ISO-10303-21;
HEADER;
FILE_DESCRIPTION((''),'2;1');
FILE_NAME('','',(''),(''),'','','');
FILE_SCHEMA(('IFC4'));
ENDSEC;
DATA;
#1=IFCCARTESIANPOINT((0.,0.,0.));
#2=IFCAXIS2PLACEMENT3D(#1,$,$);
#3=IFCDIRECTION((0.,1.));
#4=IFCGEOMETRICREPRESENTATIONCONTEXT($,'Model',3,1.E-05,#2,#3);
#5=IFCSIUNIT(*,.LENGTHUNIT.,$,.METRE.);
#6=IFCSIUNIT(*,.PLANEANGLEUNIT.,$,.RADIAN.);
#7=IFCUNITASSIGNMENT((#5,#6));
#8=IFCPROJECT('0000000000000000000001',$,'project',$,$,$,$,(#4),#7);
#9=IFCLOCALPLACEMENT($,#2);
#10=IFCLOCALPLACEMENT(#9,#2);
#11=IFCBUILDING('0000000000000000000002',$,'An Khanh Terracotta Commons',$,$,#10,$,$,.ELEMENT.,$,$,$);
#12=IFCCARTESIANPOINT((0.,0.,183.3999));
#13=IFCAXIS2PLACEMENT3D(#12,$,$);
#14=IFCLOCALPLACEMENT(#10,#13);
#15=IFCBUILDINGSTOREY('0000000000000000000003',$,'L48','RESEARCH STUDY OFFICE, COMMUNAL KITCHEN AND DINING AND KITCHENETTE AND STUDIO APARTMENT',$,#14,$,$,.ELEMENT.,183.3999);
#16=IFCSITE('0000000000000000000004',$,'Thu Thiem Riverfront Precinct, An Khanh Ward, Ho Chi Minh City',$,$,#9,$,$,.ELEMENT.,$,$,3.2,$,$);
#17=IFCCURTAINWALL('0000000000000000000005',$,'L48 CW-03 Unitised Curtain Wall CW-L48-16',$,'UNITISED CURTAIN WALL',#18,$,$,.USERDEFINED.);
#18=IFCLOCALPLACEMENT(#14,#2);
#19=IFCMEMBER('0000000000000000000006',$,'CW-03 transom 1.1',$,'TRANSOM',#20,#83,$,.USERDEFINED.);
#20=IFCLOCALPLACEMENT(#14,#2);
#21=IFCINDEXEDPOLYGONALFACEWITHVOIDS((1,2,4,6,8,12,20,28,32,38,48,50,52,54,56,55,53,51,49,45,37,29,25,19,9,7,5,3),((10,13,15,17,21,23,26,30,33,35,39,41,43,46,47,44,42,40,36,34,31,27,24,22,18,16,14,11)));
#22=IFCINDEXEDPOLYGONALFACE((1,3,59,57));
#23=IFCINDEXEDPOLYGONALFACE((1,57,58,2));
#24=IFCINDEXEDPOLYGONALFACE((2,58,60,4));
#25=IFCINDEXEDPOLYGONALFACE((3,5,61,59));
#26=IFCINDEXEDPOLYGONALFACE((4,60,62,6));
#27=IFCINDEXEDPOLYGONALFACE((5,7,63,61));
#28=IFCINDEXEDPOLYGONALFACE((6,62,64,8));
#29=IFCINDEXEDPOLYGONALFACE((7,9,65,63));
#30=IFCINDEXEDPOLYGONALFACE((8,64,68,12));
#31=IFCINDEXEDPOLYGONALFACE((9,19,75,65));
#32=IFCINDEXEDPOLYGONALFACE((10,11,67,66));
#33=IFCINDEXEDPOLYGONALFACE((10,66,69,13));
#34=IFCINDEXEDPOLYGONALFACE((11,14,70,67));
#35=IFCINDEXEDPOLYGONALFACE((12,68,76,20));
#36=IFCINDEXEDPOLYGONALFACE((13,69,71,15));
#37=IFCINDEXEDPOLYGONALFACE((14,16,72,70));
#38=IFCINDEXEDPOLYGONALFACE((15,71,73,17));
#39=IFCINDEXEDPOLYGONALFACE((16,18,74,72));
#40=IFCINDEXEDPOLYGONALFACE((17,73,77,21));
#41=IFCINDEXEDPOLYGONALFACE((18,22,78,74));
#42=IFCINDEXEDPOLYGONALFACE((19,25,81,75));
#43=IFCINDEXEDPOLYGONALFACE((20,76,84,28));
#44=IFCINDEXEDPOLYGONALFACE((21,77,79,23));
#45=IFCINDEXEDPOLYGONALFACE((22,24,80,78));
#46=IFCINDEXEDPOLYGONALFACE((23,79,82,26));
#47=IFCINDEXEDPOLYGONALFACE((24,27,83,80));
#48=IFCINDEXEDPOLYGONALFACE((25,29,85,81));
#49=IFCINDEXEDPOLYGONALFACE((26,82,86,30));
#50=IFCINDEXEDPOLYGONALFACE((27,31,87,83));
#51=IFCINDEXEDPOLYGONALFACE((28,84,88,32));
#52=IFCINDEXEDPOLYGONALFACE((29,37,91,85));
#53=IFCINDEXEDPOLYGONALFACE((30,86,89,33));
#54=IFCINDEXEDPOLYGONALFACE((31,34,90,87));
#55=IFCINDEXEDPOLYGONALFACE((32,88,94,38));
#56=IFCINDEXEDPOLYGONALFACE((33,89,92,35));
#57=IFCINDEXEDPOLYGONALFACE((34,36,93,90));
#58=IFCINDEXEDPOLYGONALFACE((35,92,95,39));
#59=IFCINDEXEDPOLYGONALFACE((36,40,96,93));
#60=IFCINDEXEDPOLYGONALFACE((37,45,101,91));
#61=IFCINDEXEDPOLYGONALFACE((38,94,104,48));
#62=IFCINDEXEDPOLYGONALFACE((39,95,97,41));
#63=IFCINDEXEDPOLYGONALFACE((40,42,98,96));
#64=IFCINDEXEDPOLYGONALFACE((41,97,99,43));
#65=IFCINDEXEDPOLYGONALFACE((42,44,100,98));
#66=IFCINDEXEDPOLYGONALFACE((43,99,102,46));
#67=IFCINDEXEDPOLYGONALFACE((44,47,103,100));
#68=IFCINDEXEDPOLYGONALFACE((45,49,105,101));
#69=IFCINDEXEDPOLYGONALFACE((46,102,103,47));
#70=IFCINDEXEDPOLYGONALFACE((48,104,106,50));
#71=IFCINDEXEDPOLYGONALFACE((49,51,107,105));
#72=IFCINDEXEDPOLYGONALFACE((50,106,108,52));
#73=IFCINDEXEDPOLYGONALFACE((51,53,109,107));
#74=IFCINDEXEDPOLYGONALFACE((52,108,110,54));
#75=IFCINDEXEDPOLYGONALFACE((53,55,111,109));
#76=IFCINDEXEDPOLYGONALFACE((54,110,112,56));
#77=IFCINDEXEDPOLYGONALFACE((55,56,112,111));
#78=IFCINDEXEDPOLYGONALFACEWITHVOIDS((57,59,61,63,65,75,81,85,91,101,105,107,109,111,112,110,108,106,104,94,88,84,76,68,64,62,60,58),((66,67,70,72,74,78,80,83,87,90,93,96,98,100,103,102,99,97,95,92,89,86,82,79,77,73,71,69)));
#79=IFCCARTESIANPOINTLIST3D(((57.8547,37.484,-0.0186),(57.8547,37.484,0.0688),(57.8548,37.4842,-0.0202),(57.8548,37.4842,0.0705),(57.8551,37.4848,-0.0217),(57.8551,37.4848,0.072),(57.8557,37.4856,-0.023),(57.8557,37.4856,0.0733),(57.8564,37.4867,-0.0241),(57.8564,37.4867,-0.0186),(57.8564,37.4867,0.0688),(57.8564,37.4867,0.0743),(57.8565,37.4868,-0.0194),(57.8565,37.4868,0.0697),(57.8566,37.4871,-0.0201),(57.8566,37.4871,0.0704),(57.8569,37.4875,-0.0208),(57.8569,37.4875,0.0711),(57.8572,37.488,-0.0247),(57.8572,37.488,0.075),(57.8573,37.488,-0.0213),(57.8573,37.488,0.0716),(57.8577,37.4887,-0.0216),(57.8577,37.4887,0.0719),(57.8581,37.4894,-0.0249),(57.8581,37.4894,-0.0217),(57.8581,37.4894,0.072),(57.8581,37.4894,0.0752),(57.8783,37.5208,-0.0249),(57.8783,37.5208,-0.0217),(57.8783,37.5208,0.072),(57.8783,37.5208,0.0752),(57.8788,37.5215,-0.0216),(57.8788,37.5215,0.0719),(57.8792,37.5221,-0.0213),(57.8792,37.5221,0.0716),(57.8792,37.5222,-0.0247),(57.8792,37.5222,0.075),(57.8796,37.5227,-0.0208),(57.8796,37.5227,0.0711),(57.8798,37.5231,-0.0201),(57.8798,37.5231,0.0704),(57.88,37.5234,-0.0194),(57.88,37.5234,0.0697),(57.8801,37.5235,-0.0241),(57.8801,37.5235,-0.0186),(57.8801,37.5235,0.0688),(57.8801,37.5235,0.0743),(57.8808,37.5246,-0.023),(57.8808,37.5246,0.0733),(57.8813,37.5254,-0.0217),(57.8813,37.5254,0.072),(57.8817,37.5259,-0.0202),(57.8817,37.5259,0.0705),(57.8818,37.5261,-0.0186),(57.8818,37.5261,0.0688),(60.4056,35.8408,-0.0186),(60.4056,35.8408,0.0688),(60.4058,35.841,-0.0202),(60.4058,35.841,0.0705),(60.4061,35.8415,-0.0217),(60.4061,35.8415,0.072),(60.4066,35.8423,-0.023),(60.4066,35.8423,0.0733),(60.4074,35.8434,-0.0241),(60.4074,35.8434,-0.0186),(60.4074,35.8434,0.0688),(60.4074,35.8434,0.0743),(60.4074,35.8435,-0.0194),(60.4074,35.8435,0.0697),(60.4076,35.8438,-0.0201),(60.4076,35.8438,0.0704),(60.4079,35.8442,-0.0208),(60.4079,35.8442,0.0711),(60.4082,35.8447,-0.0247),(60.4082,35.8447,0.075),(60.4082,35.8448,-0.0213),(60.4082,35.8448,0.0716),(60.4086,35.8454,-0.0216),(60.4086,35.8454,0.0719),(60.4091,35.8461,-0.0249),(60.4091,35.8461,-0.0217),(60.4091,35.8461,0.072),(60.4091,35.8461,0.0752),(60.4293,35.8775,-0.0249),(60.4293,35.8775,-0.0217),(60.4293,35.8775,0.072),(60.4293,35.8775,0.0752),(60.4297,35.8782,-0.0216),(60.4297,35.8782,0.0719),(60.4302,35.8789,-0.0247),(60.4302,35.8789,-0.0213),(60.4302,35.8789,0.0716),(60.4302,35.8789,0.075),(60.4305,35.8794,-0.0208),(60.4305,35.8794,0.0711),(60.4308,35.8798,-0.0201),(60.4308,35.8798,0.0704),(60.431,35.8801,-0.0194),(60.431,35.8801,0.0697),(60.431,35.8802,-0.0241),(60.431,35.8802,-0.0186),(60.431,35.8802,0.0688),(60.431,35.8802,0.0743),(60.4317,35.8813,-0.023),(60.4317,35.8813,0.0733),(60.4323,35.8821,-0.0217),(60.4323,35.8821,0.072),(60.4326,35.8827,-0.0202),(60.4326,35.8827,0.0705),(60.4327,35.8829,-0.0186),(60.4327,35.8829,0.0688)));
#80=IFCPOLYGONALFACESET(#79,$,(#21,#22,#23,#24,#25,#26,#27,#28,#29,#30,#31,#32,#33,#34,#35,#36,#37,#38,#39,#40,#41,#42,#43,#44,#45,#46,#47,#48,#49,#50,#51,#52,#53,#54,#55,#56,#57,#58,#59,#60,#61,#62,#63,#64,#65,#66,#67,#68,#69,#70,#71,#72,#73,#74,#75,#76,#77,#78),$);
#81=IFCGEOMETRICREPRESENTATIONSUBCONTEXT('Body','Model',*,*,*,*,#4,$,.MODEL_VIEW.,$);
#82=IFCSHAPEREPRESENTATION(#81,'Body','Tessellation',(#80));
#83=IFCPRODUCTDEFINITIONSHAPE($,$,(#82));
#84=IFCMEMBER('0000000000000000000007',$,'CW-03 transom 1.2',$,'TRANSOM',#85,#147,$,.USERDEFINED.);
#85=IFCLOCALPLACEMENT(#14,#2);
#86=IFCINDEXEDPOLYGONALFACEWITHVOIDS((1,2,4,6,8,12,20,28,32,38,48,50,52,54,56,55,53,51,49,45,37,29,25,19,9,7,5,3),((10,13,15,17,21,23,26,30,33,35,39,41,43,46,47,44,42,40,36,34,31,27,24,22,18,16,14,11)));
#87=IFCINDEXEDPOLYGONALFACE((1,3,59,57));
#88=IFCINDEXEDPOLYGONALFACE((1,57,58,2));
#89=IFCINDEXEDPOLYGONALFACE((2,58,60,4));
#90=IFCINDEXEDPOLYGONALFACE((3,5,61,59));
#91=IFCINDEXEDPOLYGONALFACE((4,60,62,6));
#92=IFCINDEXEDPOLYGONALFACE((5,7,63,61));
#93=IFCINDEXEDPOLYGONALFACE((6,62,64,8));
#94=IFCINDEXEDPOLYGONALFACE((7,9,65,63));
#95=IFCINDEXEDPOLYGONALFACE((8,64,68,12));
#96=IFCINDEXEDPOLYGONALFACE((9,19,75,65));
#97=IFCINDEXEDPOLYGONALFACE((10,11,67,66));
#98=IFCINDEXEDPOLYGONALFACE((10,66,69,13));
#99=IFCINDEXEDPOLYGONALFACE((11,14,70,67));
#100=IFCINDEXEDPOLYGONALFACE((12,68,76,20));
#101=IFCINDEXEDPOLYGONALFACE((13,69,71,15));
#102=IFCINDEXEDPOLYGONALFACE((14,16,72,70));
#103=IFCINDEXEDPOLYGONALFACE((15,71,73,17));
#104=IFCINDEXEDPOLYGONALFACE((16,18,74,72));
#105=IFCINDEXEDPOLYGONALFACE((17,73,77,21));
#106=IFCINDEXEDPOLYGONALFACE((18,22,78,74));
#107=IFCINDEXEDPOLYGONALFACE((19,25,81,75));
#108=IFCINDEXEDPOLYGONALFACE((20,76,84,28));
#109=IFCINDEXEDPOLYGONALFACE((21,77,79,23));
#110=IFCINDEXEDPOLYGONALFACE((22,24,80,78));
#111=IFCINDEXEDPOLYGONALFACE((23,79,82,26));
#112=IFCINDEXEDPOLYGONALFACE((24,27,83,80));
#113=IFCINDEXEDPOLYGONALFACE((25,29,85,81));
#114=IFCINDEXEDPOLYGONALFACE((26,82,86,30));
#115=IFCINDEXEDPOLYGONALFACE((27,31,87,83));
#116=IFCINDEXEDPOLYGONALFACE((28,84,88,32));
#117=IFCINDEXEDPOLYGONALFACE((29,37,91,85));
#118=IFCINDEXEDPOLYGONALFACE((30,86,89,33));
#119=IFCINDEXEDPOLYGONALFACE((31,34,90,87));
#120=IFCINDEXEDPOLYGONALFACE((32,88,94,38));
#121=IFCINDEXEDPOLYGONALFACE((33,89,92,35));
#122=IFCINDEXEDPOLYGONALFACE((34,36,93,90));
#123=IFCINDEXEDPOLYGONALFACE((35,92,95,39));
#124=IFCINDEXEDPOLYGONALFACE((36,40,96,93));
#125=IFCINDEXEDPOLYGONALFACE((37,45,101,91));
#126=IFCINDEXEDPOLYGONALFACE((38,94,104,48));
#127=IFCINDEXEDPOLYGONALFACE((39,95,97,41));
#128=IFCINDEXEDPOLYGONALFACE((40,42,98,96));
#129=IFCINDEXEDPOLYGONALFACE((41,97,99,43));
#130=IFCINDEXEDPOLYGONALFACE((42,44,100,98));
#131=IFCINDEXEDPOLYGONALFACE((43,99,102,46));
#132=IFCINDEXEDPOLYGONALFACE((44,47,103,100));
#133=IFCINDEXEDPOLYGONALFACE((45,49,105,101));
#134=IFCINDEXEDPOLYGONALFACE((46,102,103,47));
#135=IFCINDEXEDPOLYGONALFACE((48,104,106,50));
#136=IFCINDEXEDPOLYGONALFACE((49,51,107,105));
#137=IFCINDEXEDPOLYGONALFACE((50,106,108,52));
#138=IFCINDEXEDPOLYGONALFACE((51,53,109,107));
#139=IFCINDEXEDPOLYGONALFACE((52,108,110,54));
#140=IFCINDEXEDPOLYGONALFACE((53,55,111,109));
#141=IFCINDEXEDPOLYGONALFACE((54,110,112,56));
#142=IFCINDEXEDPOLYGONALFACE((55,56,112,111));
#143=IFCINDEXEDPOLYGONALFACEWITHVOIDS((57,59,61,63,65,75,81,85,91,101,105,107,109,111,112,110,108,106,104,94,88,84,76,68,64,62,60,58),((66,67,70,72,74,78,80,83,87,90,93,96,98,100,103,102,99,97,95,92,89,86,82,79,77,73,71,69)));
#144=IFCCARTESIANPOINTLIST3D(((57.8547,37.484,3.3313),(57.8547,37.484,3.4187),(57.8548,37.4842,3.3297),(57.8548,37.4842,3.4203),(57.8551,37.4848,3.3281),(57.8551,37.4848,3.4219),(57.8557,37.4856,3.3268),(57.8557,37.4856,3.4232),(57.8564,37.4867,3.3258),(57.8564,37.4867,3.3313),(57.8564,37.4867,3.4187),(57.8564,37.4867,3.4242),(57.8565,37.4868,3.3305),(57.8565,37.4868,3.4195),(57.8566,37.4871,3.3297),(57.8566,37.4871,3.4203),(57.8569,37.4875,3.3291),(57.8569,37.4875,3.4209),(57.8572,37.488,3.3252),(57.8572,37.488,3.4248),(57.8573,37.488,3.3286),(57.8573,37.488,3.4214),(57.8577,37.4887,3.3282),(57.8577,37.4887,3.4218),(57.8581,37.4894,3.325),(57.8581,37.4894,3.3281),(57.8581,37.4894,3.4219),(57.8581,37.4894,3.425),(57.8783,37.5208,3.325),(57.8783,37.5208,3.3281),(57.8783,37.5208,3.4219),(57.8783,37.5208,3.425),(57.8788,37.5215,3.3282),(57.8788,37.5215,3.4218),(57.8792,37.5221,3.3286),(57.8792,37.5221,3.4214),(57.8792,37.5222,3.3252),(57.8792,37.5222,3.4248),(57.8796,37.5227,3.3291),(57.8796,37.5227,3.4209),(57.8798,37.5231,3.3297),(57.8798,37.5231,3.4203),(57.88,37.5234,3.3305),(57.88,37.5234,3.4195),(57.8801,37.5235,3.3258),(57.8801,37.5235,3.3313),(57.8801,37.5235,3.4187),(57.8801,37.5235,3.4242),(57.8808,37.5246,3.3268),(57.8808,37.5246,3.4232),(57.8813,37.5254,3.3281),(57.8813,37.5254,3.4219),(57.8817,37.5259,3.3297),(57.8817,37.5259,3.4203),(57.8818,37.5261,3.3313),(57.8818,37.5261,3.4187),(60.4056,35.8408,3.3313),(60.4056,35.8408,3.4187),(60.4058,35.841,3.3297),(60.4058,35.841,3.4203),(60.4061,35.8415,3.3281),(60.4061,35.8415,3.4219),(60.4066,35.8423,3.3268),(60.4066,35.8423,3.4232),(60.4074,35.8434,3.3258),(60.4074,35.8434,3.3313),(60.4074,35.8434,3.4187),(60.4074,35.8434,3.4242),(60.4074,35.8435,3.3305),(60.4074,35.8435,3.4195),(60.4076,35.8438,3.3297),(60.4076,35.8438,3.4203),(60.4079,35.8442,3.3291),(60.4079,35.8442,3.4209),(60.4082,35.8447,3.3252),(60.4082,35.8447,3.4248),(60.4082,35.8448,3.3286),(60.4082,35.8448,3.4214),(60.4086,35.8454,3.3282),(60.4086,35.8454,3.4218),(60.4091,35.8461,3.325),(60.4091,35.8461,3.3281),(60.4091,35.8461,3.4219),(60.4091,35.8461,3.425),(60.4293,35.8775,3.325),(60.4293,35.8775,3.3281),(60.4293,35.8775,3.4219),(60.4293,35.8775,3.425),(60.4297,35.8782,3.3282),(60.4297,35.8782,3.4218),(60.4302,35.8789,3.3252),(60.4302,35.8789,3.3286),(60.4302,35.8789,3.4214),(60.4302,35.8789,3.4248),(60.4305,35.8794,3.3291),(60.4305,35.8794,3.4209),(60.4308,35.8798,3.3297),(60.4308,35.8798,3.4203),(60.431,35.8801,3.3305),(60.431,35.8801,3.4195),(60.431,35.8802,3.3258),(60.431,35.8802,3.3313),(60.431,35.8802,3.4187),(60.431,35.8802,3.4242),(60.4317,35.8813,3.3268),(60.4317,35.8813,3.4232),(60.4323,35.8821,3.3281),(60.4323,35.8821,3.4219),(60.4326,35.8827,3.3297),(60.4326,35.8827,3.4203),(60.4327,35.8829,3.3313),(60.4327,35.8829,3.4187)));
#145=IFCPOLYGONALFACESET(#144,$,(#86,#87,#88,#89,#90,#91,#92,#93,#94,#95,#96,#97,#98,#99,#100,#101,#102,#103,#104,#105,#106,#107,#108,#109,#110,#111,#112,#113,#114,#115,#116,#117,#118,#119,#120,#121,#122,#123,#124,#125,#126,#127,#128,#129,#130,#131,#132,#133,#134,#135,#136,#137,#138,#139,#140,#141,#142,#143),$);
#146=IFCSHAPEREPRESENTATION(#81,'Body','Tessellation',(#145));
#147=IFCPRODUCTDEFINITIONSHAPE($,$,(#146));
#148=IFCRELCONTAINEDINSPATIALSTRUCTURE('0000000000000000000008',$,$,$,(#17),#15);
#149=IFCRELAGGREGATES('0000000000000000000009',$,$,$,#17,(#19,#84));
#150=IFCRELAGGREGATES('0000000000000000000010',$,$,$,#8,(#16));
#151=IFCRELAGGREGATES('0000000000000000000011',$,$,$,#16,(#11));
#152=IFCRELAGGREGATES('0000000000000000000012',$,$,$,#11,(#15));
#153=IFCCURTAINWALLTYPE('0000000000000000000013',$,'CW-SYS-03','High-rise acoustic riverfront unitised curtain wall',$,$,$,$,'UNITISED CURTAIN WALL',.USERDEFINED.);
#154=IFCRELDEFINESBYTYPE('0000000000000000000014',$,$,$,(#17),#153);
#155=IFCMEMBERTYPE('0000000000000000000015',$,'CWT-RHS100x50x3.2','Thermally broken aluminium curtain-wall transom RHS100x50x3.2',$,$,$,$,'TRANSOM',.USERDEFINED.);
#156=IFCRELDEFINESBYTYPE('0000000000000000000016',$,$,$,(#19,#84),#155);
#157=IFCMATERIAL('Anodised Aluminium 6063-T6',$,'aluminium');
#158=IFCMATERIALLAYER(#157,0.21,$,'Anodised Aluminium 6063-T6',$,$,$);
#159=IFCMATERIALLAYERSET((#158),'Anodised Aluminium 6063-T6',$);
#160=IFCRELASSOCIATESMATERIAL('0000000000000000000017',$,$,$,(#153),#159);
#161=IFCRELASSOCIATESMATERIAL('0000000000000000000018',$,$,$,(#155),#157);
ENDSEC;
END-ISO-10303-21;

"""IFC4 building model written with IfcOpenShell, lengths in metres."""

from ifc_helpers import new_model, si_unit, direction, frame, origin, origin_2d, place, context, subcontext, project, spatial, hollow_rectangle, extrude, material, layer, layer_set, material_profile, profile_set, type_object, element, aggregate, save


model = new_model("IFC4")

# Units and contexts
model_context = context("Model", 3, precision=1e-05, world=origin(), true_north=direction((0.0, 1.0)))
body_context = subcontext(model_context, "Body", "Model", "MODEL_VIEW")
ifc_project = project(units=[si_unit("LENGTHUNIT", "METRE"), si_unit("PLANEANGLEUNIT", "RADIAN")], contexts=[model_context])

# Site, building, storey
site_placement = place(None, origin())
site = spatial("IfcSite", under=ifc_project, at=site_placement, Name="Thu Thiem Riverfront Precinct, An Khanh Ward, Ho Chi Minh City", CompositionType="ELEMENT", RefElevation=3.2)
building_placement = place(site_placement, origin())
building = spatial("IfcBuilding", under=site, at=building_placement, Name="An Khanh Terracotta Commons", CompositionType="ELEMENT")
storey_placement = place(building_placement, frame((0.0, 0.0, 183.3999)))
storey = spatial("IfcBuildingStorey", under=building, at=storey_placement, Name="L48", Description="RESEARCH STUDY OFFICE, COMMUNAL KITCHEN AND DINING AND KITCHENETTE AND STUDIO APARTMENT", CompositionType="ELEMENT", Elevation=183.3999)

# Curtain wall, members
ifc_material_1 = material(Name="Anodised Aluminium 6063-T6", Category="aluminium")
ifc_layer_1 = layer(ifc_material_1, 0.21, Name="Anodised Aluminium 6063-T6")
ifc_layer_set_1 = layer_set([ifc_layer_1], Name="Anodised Aluminium 6063-T6")
curtain_wall_type_1 = type_object("IfcCurtainWallType", Name="CW-SYS-03", Description="High-rise acoustic riverfront unitised curtain wall", ElementType="UNITISED CURTAIN WALL", PredefinedType="USERDEFINED", material=ifc_layer_set_1)
curtain_wall_1_placement = place(storey_placement, origin())
curtain_wall_1 = element("IfcCurtainWall", 1, at=curtain_wall_1_placement, inside=storey, type_object=curtain_wall_type_1, Name="L48 CW-03 Unitised Curtain Wall CW-L48-16", ObjectType="UNITISED CURTAIN WALL", PredefinedType="USERDEFINED")
ifc_material_profile_1 = material_profile(ifc_material_1, hollow_rectangle(XDim=0.05, YDim=0.1001, WallThickness=0.0032, InnerFilletRadius=0.0032, OuterFilletRadius=0.0063, at=origin_2d()), Name="RHS100x50x3.2")
ifc_profile_set_1 = profile_set([ifc_material_profile_1], Name="Anodised Aluminium 6063-T6")
member_type_1 = type_object("IfcMemberType", Name="CWT-RHS100x50x3.2", Description="Thermally broken aluminium curtain-wall transom RHS100x50x3.2", ElementType="TRANSOM", PredefinedType="USERDEFINED", material=ifc_profile_set_1)
member_1_placement = place(storey_placement, frame((60.4192, 35.8618, 0.0251), z_axis=(-0.840674, 0.541542, 0.0), x_axis=(-0.541542, -0.840674, 0.0)))
member_1 = element("IfcMember", 2, at=member_1_placement, type_object=member_type_1, Name="CW-03 transom 1.1", ObjectType="TRANSOM", PredefinedType="USERDEFINED", context=body_context, shape_type="SweptSolid", body=[
    extrude(hollow_rectangle(XDim=0.05, YDim=0.1001, WallThickness=0.0032, InnerFilletRadius=0.0032, OuterFilletRadius=0.0063, at=origin_2d()), origin(), (0.0, 0.0, 1.0), 3.0344),
])
member_2_placement = place(storey_placement, frame((60.4192, 35.8618, 3.375), z_axis=(-0.840674, 0.541542, 0.0), x_axis=(-0.541542, -0.840674, 0.0)))
member_2 = element("IfcMember", 3, at=member_2_placement, type_object=member_type_1, Name="CW-03 transom 1.2", ObjectType="TRANSOM", PredefinedType="USERDEFINED", context=body_context, shape_type="SweptSolid", body=[
    extrude(hollow_rectangle(XDim=0.05, YDim=0.1001, WallThickness=0.0032, InnerFilletRadius=0.0032, OuterFilletRadius=0.0063, at=origin_2d()), origin(), (0.0, 0.0, 1.0), 3.0344),
])

aggregate(curtain_wall_1, [member_1, member_2])

save(model, "model.ifc")
